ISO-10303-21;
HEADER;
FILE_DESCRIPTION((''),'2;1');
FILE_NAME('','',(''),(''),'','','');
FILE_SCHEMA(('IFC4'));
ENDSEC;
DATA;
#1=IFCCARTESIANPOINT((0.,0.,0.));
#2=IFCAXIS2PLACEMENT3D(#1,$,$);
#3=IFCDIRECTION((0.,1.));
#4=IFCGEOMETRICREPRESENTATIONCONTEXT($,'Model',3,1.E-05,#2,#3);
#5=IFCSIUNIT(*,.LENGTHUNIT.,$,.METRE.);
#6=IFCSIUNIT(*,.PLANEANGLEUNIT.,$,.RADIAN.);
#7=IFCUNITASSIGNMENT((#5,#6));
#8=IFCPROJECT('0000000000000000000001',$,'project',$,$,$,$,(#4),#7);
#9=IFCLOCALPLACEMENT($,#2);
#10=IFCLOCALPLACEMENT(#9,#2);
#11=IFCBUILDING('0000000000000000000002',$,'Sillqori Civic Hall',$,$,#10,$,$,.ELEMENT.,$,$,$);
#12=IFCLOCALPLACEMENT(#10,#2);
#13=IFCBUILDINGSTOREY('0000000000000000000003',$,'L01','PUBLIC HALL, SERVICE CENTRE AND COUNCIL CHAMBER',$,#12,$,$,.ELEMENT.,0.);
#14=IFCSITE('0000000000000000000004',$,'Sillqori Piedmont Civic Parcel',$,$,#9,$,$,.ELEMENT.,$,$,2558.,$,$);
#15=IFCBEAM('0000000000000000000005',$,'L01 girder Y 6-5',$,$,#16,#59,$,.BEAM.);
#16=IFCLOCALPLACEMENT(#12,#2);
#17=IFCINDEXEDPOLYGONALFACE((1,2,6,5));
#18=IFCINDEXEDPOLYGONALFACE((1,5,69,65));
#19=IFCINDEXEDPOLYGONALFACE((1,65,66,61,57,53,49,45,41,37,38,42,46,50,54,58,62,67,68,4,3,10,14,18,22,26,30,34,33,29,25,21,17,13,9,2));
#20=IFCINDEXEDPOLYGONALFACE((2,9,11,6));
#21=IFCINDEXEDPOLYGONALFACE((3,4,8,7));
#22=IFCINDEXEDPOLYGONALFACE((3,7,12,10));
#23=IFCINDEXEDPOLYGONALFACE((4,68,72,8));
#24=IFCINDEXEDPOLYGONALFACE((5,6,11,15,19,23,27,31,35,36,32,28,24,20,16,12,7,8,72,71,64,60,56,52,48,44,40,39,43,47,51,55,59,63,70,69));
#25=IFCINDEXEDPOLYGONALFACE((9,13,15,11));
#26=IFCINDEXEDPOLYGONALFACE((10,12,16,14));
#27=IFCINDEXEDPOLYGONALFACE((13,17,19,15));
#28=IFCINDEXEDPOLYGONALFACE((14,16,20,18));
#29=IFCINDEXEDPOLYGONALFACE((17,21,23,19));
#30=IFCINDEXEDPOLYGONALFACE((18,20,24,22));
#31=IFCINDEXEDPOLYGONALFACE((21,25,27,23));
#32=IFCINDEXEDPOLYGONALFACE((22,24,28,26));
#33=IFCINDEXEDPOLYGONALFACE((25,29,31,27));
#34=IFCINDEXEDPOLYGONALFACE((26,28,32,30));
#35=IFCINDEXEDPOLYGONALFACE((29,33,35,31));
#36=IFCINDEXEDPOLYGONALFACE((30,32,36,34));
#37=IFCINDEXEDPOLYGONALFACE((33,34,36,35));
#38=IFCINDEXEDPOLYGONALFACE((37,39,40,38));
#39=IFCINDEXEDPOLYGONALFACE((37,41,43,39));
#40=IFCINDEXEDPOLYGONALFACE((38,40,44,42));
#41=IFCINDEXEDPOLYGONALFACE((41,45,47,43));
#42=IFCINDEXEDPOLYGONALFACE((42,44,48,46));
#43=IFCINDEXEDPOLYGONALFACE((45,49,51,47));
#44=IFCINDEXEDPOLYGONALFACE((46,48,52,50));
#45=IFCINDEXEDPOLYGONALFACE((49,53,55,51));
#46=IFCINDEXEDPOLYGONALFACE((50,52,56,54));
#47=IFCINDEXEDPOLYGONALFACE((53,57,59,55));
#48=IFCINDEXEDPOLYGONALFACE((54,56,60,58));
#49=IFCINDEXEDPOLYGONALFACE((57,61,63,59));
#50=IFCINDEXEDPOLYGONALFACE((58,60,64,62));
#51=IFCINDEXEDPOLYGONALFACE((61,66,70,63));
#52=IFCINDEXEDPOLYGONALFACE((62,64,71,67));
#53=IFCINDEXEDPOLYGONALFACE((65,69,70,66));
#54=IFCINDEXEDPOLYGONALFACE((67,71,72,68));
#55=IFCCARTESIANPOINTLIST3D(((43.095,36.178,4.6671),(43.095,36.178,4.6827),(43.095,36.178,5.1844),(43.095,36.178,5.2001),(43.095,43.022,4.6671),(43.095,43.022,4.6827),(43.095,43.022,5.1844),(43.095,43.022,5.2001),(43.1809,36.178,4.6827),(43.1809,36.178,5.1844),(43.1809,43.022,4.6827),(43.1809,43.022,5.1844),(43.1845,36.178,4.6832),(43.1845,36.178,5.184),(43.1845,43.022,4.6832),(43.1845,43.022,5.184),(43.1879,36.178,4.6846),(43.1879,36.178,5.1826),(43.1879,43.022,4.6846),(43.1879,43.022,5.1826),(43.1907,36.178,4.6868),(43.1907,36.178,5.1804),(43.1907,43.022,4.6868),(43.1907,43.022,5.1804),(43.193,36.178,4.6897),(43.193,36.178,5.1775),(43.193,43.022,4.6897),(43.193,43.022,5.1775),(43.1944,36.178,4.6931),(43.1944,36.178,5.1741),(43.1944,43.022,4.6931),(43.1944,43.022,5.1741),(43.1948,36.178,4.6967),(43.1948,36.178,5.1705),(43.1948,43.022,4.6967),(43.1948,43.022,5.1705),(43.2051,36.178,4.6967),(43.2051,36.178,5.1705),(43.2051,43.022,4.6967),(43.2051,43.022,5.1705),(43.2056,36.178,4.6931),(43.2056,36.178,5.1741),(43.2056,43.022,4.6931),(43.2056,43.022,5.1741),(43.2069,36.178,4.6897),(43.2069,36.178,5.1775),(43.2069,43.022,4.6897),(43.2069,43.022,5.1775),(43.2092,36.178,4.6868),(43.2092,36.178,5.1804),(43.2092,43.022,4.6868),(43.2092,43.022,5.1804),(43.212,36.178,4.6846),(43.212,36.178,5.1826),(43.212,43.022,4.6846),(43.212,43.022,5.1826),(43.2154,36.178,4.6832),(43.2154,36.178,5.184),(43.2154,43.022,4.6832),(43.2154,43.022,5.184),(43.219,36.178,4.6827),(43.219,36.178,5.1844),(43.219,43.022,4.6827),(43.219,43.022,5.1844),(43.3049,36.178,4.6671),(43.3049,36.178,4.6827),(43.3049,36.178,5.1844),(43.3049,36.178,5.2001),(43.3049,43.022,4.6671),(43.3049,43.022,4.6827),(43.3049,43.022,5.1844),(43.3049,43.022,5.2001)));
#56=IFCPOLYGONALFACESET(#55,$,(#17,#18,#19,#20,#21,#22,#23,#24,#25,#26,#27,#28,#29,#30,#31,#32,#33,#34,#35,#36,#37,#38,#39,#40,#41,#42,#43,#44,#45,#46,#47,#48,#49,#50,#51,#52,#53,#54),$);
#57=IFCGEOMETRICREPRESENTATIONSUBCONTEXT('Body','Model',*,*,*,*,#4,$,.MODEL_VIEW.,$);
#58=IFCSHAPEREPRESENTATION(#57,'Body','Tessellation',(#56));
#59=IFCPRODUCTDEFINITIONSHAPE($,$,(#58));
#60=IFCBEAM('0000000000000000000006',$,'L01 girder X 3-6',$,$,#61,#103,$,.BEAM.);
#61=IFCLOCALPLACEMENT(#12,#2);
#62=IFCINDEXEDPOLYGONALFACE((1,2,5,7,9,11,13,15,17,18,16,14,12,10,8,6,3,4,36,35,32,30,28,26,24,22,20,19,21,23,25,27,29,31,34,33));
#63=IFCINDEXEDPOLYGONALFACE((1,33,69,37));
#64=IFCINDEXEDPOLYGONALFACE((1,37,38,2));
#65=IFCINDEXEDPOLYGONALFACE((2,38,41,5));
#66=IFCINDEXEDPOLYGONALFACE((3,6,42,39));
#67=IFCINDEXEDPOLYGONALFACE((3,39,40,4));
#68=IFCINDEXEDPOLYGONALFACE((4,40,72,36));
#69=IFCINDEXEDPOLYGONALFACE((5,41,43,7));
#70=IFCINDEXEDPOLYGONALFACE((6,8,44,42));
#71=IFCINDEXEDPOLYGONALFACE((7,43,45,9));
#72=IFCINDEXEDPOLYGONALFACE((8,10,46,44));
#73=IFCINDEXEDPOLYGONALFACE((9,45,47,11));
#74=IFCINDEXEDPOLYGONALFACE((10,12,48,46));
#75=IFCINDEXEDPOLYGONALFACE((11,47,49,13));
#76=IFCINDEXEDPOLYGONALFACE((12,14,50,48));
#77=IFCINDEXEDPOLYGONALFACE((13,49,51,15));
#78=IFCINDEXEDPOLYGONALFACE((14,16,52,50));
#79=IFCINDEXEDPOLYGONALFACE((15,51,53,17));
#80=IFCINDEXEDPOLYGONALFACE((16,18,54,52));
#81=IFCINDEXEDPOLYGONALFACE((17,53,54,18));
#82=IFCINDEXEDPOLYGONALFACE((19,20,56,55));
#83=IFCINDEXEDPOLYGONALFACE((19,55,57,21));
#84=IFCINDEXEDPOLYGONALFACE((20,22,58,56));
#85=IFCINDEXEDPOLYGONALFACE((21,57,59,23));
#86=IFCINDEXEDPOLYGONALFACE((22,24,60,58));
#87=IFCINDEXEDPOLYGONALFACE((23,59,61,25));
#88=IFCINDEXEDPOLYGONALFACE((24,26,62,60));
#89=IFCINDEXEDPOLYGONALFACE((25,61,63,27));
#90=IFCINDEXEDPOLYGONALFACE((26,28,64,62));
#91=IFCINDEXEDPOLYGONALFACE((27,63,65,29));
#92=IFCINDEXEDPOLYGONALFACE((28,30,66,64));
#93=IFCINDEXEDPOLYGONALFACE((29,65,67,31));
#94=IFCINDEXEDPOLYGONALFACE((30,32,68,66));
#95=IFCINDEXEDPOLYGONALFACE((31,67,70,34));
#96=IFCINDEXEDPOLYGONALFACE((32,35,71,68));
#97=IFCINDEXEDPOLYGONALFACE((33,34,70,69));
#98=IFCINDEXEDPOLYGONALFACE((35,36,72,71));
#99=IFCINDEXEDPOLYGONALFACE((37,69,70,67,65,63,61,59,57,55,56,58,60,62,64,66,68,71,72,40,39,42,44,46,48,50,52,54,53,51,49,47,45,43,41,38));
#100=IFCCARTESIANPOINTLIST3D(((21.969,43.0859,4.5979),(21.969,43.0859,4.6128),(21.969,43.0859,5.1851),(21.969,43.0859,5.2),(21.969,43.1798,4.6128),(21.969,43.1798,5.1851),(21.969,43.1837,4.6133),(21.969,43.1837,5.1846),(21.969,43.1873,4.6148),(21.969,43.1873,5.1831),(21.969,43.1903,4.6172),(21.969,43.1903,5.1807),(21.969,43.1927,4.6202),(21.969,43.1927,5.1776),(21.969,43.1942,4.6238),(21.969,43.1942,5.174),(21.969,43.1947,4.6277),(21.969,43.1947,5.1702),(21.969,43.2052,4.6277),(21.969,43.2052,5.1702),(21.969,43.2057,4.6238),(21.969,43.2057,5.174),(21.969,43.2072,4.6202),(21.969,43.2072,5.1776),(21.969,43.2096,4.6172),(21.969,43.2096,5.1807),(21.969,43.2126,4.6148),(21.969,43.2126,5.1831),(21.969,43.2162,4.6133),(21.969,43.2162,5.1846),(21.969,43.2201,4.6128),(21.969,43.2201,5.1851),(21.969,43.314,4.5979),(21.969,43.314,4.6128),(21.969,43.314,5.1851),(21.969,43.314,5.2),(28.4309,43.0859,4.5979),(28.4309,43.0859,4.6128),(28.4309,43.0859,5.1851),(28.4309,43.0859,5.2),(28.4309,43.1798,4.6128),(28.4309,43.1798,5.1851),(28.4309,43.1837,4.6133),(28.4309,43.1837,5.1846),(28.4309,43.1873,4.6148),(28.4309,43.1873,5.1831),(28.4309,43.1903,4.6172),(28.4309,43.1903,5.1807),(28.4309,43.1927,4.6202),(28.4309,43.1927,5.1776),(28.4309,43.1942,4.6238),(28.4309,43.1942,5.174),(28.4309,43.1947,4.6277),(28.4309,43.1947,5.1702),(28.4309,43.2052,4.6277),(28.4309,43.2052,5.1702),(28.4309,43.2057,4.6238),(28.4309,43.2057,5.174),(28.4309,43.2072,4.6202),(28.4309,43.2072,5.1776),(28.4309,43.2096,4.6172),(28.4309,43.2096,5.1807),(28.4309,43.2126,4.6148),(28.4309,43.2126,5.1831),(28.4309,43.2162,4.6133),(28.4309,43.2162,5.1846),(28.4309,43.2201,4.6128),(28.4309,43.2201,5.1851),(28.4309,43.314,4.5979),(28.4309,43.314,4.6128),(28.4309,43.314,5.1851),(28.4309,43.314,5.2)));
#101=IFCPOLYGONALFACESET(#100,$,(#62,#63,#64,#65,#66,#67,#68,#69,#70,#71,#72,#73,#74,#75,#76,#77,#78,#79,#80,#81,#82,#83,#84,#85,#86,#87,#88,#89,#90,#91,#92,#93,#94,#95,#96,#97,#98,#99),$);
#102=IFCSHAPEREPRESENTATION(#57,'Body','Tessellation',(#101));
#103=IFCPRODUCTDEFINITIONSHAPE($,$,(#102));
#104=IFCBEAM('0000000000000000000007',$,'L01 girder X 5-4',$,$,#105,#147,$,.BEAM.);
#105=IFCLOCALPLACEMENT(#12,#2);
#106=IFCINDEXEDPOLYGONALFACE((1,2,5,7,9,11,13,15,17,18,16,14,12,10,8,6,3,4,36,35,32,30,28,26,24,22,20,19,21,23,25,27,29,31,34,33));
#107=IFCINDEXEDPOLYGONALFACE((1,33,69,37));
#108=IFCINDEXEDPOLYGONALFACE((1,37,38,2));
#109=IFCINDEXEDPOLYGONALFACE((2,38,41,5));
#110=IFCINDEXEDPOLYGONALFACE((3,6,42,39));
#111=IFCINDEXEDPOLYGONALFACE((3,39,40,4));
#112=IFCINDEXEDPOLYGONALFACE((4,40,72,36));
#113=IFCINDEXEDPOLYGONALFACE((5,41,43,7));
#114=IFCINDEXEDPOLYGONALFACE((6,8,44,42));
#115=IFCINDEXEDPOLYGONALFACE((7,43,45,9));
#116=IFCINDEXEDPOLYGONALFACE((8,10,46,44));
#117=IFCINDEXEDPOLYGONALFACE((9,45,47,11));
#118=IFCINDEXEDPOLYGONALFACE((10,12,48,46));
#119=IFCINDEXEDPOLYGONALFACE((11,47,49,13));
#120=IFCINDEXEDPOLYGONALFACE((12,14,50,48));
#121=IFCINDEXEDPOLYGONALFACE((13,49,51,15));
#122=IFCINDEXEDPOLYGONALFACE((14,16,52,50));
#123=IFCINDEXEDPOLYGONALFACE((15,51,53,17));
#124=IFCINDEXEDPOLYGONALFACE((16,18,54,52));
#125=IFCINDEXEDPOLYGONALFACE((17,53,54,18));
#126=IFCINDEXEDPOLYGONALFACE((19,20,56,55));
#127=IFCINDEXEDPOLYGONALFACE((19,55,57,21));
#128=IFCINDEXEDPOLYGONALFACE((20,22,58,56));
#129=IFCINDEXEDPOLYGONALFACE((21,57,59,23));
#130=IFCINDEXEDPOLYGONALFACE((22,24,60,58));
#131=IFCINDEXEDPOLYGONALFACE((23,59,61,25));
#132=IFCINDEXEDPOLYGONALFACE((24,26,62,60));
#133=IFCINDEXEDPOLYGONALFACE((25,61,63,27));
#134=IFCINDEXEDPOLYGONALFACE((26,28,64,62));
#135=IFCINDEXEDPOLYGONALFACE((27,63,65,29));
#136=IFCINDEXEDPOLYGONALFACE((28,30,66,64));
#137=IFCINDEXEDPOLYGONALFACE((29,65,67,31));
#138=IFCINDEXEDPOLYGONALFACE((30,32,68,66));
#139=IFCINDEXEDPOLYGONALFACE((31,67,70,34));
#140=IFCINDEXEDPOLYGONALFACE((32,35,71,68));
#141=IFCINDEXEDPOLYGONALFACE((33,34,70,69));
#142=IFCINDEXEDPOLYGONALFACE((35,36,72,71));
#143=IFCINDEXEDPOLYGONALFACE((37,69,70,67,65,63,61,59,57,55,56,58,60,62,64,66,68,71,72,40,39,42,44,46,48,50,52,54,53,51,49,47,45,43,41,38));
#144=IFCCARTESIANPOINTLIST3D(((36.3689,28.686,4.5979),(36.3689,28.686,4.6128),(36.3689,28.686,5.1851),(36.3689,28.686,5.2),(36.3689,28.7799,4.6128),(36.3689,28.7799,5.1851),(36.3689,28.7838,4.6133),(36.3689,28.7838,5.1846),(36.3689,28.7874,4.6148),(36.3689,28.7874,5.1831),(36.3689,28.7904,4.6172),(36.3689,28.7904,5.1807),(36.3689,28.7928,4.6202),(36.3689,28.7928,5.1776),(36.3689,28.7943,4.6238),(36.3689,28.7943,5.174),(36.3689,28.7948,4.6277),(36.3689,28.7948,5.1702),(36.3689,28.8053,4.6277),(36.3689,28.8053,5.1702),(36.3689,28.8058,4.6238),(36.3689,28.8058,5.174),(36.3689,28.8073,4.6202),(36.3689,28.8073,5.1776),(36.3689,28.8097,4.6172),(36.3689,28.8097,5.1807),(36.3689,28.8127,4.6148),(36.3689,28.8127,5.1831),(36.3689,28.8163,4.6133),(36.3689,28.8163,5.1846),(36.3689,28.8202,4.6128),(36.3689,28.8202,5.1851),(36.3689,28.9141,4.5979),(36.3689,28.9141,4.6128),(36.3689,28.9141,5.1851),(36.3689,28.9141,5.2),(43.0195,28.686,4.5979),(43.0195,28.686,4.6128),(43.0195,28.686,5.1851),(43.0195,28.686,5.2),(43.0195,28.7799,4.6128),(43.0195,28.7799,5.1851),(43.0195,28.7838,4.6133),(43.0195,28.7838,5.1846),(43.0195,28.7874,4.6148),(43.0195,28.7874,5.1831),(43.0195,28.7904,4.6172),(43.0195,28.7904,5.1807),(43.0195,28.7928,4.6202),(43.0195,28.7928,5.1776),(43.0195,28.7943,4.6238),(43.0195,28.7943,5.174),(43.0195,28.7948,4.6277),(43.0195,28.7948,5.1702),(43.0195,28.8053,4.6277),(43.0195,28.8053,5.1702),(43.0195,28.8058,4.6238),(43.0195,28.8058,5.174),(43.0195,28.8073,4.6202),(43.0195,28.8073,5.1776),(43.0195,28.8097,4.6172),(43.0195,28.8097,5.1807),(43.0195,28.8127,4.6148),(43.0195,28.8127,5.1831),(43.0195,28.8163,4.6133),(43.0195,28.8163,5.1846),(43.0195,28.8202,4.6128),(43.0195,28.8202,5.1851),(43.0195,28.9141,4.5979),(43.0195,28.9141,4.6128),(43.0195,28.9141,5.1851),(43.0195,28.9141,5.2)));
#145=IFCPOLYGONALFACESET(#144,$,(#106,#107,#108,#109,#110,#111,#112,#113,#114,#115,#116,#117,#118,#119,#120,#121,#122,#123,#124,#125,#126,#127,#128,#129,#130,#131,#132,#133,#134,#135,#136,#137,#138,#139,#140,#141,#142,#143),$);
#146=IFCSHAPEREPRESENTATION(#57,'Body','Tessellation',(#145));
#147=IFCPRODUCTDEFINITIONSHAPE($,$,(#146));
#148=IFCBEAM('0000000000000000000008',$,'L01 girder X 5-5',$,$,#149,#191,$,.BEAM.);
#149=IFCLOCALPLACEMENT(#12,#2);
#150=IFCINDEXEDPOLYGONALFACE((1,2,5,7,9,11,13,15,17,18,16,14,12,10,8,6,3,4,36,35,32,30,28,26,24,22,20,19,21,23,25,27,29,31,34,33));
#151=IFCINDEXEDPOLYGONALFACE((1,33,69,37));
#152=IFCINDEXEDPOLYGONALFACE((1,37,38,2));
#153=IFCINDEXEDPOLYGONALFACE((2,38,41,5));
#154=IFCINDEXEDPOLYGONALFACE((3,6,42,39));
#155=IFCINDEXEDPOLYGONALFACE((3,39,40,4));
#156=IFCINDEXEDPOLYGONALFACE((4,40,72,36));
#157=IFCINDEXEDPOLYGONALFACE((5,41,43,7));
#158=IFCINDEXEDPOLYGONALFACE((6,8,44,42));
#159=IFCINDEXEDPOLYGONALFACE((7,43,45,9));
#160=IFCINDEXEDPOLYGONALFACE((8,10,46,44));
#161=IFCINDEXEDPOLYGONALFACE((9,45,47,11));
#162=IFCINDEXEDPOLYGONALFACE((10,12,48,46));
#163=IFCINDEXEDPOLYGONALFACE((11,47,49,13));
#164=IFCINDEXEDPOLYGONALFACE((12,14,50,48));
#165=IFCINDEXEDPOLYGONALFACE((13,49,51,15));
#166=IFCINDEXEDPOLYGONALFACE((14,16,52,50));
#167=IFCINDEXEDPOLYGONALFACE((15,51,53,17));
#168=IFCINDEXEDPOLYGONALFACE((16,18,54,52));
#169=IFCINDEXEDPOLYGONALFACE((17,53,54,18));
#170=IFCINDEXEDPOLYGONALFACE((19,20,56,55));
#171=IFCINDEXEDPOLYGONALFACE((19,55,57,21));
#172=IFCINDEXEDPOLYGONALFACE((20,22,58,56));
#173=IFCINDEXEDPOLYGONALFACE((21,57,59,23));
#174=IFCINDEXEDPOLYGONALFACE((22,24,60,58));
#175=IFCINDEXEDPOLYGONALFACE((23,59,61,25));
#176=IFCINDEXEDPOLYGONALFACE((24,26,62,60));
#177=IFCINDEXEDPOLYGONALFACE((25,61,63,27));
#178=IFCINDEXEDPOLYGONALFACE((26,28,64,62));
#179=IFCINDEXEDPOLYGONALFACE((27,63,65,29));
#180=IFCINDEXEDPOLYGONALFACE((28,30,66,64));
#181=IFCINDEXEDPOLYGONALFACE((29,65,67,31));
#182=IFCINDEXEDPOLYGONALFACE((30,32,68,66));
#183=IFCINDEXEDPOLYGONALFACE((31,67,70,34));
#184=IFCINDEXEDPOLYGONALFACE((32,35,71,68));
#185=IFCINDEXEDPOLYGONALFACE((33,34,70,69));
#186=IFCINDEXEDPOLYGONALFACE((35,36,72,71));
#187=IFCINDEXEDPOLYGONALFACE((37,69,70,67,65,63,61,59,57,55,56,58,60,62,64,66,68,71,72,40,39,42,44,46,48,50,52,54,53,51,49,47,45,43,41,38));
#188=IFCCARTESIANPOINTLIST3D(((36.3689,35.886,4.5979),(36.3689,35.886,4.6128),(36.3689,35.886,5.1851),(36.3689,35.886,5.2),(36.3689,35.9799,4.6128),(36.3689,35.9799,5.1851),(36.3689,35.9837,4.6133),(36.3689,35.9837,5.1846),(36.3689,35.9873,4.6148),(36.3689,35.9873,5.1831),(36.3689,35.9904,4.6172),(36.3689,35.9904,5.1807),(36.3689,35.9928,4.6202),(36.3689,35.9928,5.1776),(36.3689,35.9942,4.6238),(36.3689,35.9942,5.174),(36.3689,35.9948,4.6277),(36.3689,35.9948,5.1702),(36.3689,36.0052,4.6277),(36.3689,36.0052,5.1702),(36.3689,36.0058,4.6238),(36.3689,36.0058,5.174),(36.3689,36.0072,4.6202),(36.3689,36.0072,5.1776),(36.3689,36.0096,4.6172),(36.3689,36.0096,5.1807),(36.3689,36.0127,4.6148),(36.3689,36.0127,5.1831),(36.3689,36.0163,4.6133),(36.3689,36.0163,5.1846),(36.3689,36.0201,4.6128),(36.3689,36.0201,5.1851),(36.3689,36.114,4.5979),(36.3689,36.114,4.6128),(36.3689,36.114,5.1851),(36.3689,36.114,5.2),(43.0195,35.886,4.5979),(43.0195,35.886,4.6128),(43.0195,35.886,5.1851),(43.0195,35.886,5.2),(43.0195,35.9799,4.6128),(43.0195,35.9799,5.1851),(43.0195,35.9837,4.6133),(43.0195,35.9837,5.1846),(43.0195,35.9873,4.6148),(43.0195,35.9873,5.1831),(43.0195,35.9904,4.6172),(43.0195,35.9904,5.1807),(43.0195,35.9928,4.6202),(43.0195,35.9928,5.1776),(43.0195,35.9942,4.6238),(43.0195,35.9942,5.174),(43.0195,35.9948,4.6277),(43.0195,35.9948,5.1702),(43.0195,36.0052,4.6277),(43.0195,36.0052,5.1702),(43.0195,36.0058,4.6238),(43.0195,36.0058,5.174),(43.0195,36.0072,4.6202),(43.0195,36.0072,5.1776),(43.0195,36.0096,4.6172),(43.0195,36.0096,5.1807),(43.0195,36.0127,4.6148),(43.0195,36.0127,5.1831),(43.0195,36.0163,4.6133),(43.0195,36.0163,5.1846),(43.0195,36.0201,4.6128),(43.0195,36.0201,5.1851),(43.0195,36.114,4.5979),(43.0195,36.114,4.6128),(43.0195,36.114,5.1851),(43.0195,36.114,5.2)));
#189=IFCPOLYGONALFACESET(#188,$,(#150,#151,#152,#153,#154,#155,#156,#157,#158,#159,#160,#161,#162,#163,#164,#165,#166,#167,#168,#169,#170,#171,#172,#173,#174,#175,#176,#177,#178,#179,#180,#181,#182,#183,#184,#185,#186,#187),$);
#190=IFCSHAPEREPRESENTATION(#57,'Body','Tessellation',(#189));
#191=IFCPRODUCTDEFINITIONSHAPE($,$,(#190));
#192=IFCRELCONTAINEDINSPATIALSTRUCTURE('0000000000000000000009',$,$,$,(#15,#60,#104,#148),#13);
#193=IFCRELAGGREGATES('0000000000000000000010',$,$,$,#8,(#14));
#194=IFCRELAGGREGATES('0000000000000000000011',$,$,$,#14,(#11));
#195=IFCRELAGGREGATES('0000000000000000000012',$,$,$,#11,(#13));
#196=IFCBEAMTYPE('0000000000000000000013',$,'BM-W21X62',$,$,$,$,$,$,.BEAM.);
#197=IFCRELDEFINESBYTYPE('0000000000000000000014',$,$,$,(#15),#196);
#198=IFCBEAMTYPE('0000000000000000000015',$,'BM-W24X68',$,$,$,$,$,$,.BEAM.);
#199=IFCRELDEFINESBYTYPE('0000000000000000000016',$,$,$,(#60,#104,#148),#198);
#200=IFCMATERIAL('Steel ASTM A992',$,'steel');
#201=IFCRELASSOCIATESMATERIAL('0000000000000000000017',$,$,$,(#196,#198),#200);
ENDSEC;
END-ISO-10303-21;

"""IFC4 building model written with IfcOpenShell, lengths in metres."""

from ifc_helpers import new_model, si_unit, direction, frame, origin, origin_2d, place, context, subcontext, project, spatial, i_section, extrude, material, material_profile, profile_set, type_object, element, save


model = new_model("IFC4")

# Units and contexts
model_context = context("Model", 3, precision=1e-05, world=origin(), true_north=direction((0.0, 1.0)))
body_context = subcontext(model_context, "Body", "Model", "MODEL_VIEW")
ifc_project = project(units=[si_unit("LENGTHUNIT", "METRE"), si_unit("PLANEANGLEUNIT", "RADIAN")], contexts=[model_context])

# Site, building, storey
site_placement = place(None, origin())
site = spatial("IfcSite", under=ifc_project, at=site_placement, Name="Sillqori Piedmont Civic Parcel", CompositionType="ELEMENT", RefElevation=2558.0)
building_placement = place(site_placement, origin())
building = spatial("IfcBuilding", under=site, at=building_placement, Name="Sillqori Civic Hall", CompositionType="ELEMENT")
storey_placement = place(building_placement, origin())
storey = spatial("IfcBuildingStorey", under=building, at=storey_placement, Name="L01", Description="PUBLIC HALL, SERVICE CENTRE AND COUNCIL CHAMBER", CompositionType="ELEMENT", Elevation=0.0)

# Shared definitions
ifc_material_1 = material(Name="Steel ASTM A992", Category="steel")

# Beams
ifc_material_profile_1 = material_profile(ifc_material_1, i_section(OverallWidth=0.21, OverallDepth=0.533, WebThickness=0.0103, FlangeThickness=0.0156, FilletRadius=0.0139, at=origin_2d()), Name="W21X62")
ifc_profile_set_1 = profile_set([ifc_material_profile_1], Name="Steel ASTM A992")
beam_type_1 = type_object("IfcBeamType", Name="BM-W21X62", PredefinedType="BEAM", material=ifc_profile_set_1)
for number, where, z_axis, x_axis, name in (
    (1, (43.2, 36.178, 4.9336), (0.0, 1.0, 0.0), (-1.0, 0.0, 0.0), "L01 girder Y 6-5"),
):
    element("IfcBeam", number, at=place(storey_placement, frame(where, z_axis=z_axis, x_axis=x_axis)), inside=storey, type_object=beam_type_1, Name=name, PredefinedType="BEAM", context=body_context, shape_type="SweptSolid", body=[
        extrude(i_section(OverallWidth=0.21, OverallDepth=0.533, WebThickness=0.0103, FlangeThickness=0.0156, FilletRadius=0.0139, at=origin_2d()), origin(), (0.0, 0.0, 1.0), 6.844),
    ])
ifc_material_profile_2 = material_profile(ifc_material_1, i_section(OverallWidth=0.228, OverallDepth=0.6021, WebThickness=0.0105, FlangeThickness=0.0149, FilletRadius=0.0149, at=origin_2d()), Name="W24X68")
ifc_profile_set_2 = profile_set([ifc_material_profile_2], Name="Steel ASTM A992")
beam_type_2 = type_object("IfcBeamType", Name="BM-W24X68", PredefinedType="BEAM", material=ifc_profile_set_2)
beam_1_placement = place(storey_placement, frame((21.969, 43.2, 4.8989), z_axis=(1.0, 0.0, 0.0), x_axis=(0.0, 1.0, 0.0)))
element("IfcBeam", 2, at=beam_1_placement, inside=storey, type_object=beam_type_2, Name="L01 girder X 3-6", PredefinedType="BEAM", context=body_context, shape_type="SweptSolid", body=[
    extrude(i_section(OverallWidth=0.228, OverallDepth=0.6021, WebThickness=0.0105, FlangeThickness=0.0149, FilletRadius=0.0149, at=origin_2d()), origin(), (0.0, 0.0, 1.0), 6.4619),
])
for number, where, z_axis, x_axis, name in (
    (3, (36.3689, 28.8, 4.8989), (1.0, 0.0, 0.0), (0.0, 1.0, 0.0), "L01 girder X 5-4"),
    (4, (36.3689, 36.0, 4.8989), (1.0, 0.0, 0.0), (0.0, 1.0, 0.0), "L01 girder X 5-5"),
):
    element("IfcBeam", number, at=place(storey_placement, frame(where, z_axis=z_axis, x_axis=x_axis)), inside=storey, type_object=beam_type_2, Name=name, PredefinedType="BEAM", context=body_context, shape_type="SweptSolid", body=[
        extrude(i_section(OverallWidth=0.228, OverallDepth=0.6021, WebThickness=0.0105, FlangeThickness=0.0149, FilletRadius=0.0149, at=origin_2d()), origin(), (0.0, 0.0, 1.0), 6.6506),
    ])

save(model, "model.ifc")
